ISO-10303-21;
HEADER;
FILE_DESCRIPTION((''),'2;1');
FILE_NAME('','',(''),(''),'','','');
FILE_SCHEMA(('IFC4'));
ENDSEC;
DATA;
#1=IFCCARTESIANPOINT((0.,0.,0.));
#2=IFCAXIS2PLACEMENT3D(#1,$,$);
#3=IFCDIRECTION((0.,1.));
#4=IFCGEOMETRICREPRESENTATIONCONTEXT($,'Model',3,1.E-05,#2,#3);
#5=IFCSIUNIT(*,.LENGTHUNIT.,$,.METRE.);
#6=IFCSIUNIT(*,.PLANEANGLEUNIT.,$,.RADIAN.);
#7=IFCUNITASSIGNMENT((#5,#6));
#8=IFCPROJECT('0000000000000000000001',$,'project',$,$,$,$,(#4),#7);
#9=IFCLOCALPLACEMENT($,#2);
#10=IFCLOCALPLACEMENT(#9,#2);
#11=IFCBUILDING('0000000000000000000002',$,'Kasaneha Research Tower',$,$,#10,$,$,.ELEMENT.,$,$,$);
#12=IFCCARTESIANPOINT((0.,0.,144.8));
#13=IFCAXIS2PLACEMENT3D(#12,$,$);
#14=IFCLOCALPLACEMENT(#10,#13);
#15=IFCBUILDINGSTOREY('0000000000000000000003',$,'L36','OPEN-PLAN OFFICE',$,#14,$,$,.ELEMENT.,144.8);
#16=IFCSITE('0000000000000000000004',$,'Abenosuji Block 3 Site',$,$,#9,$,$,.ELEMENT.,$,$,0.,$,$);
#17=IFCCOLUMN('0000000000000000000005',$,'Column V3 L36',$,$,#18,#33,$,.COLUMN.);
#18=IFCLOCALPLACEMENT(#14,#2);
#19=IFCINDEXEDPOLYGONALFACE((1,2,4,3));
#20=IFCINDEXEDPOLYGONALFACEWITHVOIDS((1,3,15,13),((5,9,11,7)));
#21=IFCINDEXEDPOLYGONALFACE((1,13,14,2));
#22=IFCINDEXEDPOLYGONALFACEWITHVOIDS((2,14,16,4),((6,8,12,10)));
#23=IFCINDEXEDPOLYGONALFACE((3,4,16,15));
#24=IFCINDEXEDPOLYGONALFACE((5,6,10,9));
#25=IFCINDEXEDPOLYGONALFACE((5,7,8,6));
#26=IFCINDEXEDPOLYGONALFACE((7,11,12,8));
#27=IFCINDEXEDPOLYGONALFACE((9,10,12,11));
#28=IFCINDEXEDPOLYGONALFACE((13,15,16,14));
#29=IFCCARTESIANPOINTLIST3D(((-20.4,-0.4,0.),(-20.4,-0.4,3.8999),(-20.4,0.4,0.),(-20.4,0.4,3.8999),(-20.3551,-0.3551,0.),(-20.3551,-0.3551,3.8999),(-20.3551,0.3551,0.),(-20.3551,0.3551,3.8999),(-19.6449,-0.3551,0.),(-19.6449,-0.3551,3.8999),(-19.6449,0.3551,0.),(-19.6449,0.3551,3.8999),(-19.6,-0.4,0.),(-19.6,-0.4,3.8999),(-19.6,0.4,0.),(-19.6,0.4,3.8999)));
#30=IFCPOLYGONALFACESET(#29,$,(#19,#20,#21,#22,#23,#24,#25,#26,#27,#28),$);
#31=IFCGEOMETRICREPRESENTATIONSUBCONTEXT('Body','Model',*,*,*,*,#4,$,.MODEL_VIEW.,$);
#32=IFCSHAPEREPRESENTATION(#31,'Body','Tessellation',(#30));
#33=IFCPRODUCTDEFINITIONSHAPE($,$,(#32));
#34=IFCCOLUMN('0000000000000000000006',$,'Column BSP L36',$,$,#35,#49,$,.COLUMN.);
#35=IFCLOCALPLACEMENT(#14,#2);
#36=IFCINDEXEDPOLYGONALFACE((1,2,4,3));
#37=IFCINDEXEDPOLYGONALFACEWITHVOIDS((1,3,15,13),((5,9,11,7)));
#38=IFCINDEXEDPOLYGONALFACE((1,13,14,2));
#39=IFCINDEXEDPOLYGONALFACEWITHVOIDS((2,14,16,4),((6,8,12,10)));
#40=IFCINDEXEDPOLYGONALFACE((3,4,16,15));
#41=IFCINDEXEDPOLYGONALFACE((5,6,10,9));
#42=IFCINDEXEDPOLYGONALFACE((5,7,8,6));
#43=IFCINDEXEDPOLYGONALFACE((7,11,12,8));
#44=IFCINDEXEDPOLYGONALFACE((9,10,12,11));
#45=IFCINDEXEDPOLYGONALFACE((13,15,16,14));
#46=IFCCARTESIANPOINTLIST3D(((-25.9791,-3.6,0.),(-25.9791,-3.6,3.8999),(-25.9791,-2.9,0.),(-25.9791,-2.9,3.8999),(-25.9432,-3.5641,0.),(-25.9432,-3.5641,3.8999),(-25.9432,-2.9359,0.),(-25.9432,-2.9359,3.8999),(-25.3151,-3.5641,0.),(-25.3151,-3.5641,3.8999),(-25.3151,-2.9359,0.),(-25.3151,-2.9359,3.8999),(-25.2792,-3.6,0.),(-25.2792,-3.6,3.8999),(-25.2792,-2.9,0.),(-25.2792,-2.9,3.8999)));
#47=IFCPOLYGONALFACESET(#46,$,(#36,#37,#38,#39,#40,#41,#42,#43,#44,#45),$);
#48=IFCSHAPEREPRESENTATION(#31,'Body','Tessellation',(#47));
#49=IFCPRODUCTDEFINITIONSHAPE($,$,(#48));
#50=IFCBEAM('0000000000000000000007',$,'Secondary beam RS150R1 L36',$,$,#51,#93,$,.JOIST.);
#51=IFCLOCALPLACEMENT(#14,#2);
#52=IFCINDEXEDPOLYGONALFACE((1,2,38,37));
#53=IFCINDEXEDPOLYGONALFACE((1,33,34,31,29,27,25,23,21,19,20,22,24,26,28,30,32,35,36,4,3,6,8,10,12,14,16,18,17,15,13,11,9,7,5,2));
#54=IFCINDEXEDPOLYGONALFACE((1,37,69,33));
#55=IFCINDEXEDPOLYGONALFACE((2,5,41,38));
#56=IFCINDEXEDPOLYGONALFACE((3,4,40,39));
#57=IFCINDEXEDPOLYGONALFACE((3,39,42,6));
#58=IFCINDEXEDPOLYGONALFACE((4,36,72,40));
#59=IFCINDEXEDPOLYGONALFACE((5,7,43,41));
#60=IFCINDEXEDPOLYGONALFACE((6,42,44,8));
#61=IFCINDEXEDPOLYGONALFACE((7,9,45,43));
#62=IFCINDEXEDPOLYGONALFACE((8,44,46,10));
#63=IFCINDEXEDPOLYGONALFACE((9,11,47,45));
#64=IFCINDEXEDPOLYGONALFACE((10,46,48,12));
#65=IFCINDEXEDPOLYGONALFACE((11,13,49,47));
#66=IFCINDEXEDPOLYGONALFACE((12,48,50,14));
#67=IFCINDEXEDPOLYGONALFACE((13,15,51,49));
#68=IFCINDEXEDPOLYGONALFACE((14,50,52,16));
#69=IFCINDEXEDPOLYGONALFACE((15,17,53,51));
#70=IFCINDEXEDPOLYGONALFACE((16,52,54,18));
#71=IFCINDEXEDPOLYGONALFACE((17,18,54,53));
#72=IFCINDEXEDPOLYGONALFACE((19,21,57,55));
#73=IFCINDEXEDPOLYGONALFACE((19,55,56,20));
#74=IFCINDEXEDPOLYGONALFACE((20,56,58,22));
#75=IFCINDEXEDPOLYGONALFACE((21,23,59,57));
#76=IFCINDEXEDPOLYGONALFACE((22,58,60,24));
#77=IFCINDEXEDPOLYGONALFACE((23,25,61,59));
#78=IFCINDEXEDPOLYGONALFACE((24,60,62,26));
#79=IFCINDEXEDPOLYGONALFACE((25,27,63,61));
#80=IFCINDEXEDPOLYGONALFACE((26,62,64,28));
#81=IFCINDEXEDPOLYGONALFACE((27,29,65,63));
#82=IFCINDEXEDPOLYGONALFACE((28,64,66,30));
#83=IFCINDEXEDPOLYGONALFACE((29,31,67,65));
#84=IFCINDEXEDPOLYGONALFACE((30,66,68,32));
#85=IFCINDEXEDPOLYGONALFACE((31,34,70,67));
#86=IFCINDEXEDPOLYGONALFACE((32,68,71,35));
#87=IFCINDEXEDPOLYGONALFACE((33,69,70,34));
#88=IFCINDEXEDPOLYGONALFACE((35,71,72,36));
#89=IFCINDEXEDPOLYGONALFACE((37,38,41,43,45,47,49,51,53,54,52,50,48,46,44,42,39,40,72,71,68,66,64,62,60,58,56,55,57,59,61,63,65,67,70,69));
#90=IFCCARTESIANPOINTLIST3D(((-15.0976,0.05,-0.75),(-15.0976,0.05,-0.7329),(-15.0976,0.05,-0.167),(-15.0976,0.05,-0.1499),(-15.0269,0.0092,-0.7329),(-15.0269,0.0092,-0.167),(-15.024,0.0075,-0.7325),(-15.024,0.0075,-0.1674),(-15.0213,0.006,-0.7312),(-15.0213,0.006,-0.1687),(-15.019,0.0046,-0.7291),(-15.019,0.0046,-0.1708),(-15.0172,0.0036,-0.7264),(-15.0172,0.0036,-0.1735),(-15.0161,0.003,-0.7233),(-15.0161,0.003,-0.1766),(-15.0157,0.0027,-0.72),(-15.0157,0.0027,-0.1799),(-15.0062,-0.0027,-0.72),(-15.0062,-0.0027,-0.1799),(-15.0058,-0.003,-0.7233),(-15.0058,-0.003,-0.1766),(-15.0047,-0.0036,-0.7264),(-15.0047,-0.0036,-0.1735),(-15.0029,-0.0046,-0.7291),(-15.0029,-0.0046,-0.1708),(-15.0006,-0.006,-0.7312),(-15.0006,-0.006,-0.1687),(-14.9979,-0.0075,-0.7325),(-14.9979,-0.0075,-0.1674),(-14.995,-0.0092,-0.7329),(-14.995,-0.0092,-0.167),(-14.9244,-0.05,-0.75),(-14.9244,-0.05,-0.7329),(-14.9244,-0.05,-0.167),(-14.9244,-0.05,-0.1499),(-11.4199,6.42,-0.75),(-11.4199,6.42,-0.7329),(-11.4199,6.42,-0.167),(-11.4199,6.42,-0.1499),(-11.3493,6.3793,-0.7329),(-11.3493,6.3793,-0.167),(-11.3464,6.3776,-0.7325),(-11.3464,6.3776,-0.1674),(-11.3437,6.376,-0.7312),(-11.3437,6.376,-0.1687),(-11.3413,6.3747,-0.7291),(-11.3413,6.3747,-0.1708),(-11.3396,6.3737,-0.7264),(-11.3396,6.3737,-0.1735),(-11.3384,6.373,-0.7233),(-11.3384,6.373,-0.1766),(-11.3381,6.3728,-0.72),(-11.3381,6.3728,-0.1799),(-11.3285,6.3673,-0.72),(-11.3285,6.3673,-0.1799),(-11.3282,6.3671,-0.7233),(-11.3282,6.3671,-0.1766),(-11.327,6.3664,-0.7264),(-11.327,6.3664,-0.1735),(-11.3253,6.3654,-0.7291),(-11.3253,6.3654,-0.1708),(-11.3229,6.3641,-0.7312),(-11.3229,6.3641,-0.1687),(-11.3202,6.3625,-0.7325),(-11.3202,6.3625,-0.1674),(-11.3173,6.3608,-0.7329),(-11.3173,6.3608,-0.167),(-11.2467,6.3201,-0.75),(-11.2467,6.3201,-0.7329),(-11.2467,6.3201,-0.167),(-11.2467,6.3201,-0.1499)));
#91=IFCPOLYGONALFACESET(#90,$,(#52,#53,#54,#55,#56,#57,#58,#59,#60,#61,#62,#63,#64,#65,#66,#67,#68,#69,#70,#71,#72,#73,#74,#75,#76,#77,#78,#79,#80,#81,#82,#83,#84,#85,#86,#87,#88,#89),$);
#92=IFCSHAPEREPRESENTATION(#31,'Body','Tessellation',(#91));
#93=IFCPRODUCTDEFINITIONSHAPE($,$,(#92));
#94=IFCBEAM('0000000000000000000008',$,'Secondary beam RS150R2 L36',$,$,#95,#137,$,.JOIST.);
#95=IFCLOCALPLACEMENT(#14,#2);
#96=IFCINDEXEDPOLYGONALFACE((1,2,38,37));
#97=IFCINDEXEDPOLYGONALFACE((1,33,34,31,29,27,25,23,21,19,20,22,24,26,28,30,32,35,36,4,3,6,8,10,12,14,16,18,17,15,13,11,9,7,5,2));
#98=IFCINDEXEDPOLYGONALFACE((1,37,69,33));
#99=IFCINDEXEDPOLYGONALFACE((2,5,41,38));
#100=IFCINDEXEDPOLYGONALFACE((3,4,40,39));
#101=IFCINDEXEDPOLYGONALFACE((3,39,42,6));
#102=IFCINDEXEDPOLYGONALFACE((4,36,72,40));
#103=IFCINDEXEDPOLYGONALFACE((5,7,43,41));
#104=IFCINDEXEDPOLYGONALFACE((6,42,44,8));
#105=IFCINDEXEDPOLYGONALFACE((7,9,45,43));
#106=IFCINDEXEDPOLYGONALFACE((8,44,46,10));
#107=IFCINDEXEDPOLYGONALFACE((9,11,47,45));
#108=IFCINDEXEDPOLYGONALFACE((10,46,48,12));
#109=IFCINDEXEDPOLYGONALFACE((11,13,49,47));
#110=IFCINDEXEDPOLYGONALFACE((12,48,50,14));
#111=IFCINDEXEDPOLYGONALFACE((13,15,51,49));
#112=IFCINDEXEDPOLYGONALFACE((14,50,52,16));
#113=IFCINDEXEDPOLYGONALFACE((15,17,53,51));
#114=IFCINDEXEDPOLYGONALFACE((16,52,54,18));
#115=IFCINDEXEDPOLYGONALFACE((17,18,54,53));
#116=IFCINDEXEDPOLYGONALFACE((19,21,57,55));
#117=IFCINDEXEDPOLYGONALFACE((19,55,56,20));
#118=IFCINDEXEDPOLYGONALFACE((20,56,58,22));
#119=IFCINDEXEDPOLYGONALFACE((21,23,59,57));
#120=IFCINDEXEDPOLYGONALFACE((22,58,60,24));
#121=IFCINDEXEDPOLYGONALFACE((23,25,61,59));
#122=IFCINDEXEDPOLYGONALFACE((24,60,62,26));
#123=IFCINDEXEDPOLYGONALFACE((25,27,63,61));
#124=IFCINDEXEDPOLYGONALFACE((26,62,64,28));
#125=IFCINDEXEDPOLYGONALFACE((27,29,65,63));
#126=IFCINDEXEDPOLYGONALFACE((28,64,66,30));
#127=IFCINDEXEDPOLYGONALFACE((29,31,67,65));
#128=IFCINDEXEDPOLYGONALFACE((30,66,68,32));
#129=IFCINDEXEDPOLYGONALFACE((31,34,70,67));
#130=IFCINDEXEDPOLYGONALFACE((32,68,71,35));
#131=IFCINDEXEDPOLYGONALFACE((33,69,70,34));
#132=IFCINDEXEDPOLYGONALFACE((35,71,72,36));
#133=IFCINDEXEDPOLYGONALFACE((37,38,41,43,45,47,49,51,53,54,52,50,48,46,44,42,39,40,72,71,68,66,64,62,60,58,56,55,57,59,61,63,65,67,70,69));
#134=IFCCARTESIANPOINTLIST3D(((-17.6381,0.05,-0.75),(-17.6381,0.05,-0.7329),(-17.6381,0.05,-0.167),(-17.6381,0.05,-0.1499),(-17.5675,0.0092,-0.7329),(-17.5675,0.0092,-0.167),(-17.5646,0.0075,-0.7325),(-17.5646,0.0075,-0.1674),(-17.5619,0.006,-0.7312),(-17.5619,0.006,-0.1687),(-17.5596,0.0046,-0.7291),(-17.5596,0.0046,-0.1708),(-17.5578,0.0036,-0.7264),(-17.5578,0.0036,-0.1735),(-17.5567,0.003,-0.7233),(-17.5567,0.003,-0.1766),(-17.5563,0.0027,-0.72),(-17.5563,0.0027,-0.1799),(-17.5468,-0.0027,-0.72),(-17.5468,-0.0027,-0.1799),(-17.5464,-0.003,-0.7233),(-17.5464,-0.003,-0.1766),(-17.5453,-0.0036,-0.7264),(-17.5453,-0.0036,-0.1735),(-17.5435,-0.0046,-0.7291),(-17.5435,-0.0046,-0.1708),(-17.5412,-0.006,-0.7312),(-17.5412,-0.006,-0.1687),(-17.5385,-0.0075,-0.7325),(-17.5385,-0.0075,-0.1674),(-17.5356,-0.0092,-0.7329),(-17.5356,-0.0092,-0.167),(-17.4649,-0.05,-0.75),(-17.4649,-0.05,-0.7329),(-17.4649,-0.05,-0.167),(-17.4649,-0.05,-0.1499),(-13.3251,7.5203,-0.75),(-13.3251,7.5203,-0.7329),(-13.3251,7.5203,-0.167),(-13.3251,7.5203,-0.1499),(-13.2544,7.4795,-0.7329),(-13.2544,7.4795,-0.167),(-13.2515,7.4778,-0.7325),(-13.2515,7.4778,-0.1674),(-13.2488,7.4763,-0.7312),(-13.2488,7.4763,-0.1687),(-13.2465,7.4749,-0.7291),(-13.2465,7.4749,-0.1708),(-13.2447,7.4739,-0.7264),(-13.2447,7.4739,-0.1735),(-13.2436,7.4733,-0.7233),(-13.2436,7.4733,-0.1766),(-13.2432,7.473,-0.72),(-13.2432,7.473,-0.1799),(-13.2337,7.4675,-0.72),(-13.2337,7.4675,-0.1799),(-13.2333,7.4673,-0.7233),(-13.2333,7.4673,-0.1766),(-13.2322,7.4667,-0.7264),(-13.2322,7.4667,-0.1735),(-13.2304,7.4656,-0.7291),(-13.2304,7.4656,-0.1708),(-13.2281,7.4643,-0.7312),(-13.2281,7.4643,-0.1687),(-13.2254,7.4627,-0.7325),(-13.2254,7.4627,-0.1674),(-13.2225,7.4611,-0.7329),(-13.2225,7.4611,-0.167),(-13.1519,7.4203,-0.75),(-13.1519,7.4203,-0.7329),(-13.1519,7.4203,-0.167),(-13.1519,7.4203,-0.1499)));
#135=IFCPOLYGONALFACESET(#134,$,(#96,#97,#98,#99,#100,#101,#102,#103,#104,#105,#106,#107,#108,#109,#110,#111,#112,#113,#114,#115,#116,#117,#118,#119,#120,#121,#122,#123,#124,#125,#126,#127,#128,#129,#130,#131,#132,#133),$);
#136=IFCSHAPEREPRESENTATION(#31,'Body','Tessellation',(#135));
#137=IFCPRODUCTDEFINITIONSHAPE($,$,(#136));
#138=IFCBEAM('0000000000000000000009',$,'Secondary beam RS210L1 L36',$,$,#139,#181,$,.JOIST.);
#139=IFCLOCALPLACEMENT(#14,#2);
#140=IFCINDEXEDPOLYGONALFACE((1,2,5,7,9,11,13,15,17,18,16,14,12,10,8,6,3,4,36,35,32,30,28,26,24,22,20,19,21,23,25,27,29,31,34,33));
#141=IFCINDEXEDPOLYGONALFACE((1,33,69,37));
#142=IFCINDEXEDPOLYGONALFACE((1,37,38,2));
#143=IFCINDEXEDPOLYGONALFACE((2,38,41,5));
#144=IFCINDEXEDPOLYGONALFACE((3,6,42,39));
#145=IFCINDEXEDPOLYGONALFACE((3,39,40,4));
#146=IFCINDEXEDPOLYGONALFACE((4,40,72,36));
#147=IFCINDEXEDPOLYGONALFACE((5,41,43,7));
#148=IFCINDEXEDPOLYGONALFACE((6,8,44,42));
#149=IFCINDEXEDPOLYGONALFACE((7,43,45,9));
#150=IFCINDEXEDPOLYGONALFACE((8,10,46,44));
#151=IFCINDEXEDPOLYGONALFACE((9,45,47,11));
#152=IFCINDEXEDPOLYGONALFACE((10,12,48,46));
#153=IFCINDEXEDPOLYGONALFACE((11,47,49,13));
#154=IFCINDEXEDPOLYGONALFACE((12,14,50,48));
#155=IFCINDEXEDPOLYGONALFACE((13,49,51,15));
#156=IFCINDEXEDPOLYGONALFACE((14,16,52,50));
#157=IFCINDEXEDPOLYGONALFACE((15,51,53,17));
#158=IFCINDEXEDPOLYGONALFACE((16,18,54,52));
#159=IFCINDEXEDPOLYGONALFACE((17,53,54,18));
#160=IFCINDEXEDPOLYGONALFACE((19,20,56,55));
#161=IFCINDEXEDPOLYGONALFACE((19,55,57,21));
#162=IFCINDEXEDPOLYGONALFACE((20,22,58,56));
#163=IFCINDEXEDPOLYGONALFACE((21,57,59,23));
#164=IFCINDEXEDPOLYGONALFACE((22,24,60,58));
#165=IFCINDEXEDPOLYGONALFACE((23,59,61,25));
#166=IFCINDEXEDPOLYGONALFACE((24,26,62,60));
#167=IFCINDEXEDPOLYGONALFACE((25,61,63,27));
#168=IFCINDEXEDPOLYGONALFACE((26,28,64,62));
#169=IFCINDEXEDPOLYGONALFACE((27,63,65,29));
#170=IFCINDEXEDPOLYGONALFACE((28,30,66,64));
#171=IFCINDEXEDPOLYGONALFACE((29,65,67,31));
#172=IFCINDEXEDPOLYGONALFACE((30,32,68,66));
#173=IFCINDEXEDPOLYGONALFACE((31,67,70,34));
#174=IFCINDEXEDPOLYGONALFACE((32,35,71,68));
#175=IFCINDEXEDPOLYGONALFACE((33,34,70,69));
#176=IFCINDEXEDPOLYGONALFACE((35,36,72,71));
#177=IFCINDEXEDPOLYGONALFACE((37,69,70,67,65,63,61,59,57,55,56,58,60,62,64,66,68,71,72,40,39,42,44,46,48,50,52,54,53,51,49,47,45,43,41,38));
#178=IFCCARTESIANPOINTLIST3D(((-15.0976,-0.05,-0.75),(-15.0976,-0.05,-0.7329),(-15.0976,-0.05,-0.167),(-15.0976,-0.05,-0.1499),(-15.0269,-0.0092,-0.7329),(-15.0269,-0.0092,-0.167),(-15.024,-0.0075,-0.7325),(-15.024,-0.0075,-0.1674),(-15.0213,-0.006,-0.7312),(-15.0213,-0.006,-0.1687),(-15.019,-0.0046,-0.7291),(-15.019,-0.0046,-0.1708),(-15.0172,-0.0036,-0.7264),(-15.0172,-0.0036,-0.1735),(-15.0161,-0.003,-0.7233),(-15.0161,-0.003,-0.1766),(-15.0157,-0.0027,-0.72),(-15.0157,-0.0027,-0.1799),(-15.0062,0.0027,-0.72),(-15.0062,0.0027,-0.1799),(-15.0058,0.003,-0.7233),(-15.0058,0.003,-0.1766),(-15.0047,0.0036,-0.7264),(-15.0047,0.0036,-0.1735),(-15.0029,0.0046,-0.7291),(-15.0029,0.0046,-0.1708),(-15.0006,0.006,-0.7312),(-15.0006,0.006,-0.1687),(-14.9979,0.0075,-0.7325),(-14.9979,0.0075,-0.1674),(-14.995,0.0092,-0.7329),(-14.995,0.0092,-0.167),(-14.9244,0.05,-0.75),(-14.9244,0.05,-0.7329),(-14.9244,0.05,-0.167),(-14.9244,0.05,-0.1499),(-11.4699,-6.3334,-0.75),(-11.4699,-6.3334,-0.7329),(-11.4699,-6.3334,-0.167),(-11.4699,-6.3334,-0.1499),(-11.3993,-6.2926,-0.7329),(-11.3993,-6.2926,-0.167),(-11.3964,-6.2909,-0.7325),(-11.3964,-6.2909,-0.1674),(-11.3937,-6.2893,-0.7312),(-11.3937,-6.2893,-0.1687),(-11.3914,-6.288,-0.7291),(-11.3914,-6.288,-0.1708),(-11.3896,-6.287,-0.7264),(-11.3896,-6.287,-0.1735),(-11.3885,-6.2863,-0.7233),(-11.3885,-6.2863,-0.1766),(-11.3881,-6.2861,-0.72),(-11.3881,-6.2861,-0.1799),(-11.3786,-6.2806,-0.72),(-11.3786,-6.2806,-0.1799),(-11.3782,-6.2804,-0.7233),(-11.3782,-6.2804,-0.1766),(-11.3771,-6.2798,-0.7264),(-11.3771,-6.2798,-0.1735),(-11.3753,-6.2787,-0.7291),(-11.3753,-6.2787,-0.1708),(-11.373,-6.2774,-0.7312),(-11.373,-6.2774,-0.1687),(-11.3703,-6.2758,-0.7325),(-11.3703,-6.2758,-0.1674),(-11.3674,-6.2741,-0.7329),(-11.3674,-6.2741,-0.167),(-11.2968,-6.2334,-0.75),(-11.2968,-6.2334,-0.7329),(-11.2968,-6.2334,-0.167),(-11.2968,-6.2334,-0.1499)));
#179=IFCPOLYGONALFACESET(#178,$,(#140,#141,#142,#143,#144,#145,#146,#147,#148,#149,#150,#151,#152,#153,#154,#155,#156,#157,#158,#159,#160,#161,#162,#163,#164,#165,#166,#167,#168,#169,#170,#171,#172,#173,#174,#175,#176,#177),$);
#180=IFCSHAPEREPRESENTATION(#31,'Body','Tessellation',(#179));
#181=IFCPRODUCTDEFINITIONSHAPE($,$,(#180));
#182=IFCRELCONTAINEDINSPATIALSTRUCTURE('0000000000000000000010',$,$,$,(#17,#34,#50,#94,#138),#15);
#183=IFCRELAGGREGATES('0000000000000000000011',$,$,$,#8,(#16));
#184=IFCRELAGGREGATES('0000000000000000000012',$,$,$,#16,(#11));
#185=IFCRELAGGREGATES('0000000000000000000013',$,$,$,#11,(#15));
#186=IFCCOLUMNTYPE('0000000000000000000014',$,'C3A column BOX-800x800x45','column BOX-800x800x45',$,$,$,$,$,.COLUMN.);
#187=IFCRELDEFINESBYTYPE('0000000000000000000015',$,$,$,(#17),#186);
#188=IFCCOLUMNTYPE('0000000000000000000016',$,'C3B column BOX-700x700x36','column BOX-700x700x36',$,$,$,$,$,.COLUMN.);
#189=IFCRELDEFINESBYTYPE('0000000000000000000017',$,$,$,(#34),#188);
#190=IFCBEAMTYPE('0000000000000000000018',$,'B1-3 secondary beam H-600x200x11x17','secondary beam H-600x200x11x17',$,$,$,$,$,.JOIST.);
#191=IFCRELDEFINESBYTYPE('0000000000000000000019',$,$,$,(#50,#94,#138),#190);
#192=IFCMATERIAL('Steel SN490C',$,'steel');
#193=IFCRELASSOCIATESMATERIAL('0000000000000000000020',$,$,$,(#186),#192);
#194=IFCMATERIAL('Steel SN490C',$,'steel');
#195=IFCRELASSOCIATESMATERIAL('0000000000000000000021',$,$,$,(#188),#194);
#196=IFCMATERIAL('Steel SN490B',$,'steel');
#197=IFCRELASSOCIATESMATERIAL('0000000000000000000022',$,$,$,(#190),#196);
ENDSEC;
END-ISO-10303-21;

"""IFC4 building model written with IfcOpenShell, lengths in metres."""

from ifc_helpers import new_model, si_unit, direction, frame, origin, origin_2d, place, context, subcontext, project, spatial, hollow_rectangle, i_section, extrude, material, material_profile, profile_set, type_object, element, save


model = new_model("IFC4")

# Units and contexts
model_context = context("Model", 3, precision=1e-05, world=origin(), true_north=direction((0.0, 1.0)))
body_context = subcontext(model_context, "Body", "Model", "MODEL_VIEW")
ifc_project = project(units=[si_unit("LENGTHUNIT", "METRE"), si_unit("PLANEANGLEUNIT", "RADIAN")], contexts=[model_context])

# Site, building, storey
site_placement = place(None, origin())
site = spatial("IfcSite", under=ifc_project, at=site_placement, Name="Abenosuji Block 3 Site", CompositionType="ELEMENT", RefElevation=0.0)
building_placement = place(site_placement, origin())
building = spatial("IfcBuilding", under=site, at=building_placement, Name="Kasaneha Research Tower", CompositionType="ELEMENT")
storey_placement = place(building_placement, frame((0.0, 0.0, 144.8)))
storey = spatial("IfcBuildingStorey", under=building, at=storey_placement, Name="L36", Description="OPEN-PLAN OFFICE", CompositionType="ELEMENT", Elevation=144.8)

# Columns
ifc_material_1 = material(Name="Steel SN490C", Category="steel")
ifc_material_profile_1 = material_profile(ifc_material_1, hollow_rectangle(XDim=0.8, YDim=0.8, WallThickness=0.0449, at=origin_2d()), Name="BOX-800x800x45")
ifc_profile_set_1 = profile_set([ifc_material_profile_1], Name="Steel SN490C")
column_type_1 = type_object("IfcColumnType", Name="C3A column BOX-800x800x45", Description="column BOX-800x800x45", PredefinedType="COLUMN", material=ifc_profile_set_1)
column_1_placement = place(storey_placement, frame((-20.0, 0.0, 0.0), z_axis=(0.0, 0.0, 1.0), x_axis=(1.0, 0.0, 0.0)))
element("IfcColumn", 1, at=column_1_placement, inside=storey, type_object=column_type_1, Name="Column V3 L36", PredefinedType="COLUMN", context=body_context, shape_type="SweptSolid", body=[
    extrude(hollow_rectangle(XDim=0.8, YDim=0.8, WallThickness=0.0449, at=origin_2d()), origin(), (0.0, 0.0, 1.0), 3.8999),
])
ifc_material_2 = material(Name="Steel SN490C", Category="steel")
ifc_material_profile_2 = material_profile(ifc_material_2, hollow_rectangle(XDim=0.7, YDim=0.7, WallThickness=0.0359, at=origin_2d()), Name="BOX-700x700x36")
ifc_profile_set_2 = profile_set([ifc_material_profile_2], Name="Steel SN490C")
column_type_2 = type_object("IfcColumnType", Name="C3B column BOX-700x700x36", Description="column BOX-700x700x36", PredefinedType="COLUMN", material=ifc_profile_set_2)
column_2_placement = place(storey_placement, frame((-25.6292, -3.25, 0.0), z_axis=(0.0, 0.0, 1.0), x_axis=(1.0, 0.0, 0.0)))
element("IfcColumn", 2, at=column_2_placement, inside=storey, type_object=column_type_2, Name="Column BSP L36", PredefinedType="COLUMN", context=body_context, shape_type="SweptSolid", body=[
    extrude(hollow_rectangle(XDim=0.7, YDim=0.7, WallThickness=0.0359, at=origin_2d()), origin(), (0.0, 0.0, 1.0), 3.8999),
])

# Beams
ifc_material_3 = material(Name="Steel SN490B", Category="steel")
ifc_material_profile_3 = material_profile(ifc_material_3, i_section(OverallWidth=0.2, OverallDepth=0.6001, WebThickness=0.011, FlangeThickness=0.0171, FilletRadius=0.0129, at=origin_2d()), Name="H-600x200x11x17")
ifc_profile_set_3 = profile_set([ifc_material_profile_3], Name="Steel SN490B")
beam_type_1 = type_object("IfcBeamType", Name="B1-3 secondary beam H-600x200x11x17", Description="secondary beam H-600x200x11x17", PredefinedType="JOIST", material=ifc_profile_set_3)
beam_1_placement = place(storey_placement, frame((-15.011, 0.0, -0.45), z_axis=(0.499994, 0.866029, 0.0), x_axis=(-0.866029, 0.499994, 0.0)))
element("IfcBeam", 3, at=beam_1_placement, inside=storey, type_object=beam_type_1, Name="Secondary beam RS150R1 L36", PredefinedType="JOIST", context=body_context, shape_type="SweptSolid", body=[
    extrude(i_section(OverallWidth=0.2, OverallDepth=0.6001, WebThickness=0.011, FlangeThickness=0.0171, FilletRadius=0.0129, at=origin_2d()), origin(), (0.0, 0.0, 1.0), 7.3555),
])
beam_2_placement = place(storey_placement, frame((-17.5515, 0.0, -0.45), z_axis=(0.500005, 0.866023, 0.0), x_axis=(-0.866023, 0.500005, 0.0)))
element("IfcBeam", 4, at=beam_2_placement, inside=storey, type_object=beam_type_1, Name="Secondary beam RS150R2 L36", PredefinedType="JOIST", context=body_context, shape_type="SweptSolid", body=[
    extrude(i_section(OverallWidth=0.2, OverallDepth=0.6001, WebThickness=0.011, FlangeThickness=0.0171, FilletRadius=0.0129, at=origin_2d()), origin(), (0.0, 0.0, 1.0), 8.626),
])
beam_3_placement = place(storey_placement, frame((-15.011, 0.0, -0.45), z_axis=(0.499993, -0.866029, 0.0), x_axis=(0.866029, 0.499993, 0.0)))
element("IfcBeam", 5, at=beam_3_placement, inside=storey, type_object=beam_type_1, Name="Secondary beam RS210L1 L36", PredefinedType="JOIST", context=body_context, shape_type="SweptSolid", body=[
    extrude(i_section(OverallWidth=0.2, OverallDepth=0.6001, WebThickness=0.011, FlangeThickness=0.0171, FilletRadius=0.0129, at=origin_2d()), origin(), (0.0, 0.0, 1.0), 7.2554),
])

save(model, "model.ifc")
